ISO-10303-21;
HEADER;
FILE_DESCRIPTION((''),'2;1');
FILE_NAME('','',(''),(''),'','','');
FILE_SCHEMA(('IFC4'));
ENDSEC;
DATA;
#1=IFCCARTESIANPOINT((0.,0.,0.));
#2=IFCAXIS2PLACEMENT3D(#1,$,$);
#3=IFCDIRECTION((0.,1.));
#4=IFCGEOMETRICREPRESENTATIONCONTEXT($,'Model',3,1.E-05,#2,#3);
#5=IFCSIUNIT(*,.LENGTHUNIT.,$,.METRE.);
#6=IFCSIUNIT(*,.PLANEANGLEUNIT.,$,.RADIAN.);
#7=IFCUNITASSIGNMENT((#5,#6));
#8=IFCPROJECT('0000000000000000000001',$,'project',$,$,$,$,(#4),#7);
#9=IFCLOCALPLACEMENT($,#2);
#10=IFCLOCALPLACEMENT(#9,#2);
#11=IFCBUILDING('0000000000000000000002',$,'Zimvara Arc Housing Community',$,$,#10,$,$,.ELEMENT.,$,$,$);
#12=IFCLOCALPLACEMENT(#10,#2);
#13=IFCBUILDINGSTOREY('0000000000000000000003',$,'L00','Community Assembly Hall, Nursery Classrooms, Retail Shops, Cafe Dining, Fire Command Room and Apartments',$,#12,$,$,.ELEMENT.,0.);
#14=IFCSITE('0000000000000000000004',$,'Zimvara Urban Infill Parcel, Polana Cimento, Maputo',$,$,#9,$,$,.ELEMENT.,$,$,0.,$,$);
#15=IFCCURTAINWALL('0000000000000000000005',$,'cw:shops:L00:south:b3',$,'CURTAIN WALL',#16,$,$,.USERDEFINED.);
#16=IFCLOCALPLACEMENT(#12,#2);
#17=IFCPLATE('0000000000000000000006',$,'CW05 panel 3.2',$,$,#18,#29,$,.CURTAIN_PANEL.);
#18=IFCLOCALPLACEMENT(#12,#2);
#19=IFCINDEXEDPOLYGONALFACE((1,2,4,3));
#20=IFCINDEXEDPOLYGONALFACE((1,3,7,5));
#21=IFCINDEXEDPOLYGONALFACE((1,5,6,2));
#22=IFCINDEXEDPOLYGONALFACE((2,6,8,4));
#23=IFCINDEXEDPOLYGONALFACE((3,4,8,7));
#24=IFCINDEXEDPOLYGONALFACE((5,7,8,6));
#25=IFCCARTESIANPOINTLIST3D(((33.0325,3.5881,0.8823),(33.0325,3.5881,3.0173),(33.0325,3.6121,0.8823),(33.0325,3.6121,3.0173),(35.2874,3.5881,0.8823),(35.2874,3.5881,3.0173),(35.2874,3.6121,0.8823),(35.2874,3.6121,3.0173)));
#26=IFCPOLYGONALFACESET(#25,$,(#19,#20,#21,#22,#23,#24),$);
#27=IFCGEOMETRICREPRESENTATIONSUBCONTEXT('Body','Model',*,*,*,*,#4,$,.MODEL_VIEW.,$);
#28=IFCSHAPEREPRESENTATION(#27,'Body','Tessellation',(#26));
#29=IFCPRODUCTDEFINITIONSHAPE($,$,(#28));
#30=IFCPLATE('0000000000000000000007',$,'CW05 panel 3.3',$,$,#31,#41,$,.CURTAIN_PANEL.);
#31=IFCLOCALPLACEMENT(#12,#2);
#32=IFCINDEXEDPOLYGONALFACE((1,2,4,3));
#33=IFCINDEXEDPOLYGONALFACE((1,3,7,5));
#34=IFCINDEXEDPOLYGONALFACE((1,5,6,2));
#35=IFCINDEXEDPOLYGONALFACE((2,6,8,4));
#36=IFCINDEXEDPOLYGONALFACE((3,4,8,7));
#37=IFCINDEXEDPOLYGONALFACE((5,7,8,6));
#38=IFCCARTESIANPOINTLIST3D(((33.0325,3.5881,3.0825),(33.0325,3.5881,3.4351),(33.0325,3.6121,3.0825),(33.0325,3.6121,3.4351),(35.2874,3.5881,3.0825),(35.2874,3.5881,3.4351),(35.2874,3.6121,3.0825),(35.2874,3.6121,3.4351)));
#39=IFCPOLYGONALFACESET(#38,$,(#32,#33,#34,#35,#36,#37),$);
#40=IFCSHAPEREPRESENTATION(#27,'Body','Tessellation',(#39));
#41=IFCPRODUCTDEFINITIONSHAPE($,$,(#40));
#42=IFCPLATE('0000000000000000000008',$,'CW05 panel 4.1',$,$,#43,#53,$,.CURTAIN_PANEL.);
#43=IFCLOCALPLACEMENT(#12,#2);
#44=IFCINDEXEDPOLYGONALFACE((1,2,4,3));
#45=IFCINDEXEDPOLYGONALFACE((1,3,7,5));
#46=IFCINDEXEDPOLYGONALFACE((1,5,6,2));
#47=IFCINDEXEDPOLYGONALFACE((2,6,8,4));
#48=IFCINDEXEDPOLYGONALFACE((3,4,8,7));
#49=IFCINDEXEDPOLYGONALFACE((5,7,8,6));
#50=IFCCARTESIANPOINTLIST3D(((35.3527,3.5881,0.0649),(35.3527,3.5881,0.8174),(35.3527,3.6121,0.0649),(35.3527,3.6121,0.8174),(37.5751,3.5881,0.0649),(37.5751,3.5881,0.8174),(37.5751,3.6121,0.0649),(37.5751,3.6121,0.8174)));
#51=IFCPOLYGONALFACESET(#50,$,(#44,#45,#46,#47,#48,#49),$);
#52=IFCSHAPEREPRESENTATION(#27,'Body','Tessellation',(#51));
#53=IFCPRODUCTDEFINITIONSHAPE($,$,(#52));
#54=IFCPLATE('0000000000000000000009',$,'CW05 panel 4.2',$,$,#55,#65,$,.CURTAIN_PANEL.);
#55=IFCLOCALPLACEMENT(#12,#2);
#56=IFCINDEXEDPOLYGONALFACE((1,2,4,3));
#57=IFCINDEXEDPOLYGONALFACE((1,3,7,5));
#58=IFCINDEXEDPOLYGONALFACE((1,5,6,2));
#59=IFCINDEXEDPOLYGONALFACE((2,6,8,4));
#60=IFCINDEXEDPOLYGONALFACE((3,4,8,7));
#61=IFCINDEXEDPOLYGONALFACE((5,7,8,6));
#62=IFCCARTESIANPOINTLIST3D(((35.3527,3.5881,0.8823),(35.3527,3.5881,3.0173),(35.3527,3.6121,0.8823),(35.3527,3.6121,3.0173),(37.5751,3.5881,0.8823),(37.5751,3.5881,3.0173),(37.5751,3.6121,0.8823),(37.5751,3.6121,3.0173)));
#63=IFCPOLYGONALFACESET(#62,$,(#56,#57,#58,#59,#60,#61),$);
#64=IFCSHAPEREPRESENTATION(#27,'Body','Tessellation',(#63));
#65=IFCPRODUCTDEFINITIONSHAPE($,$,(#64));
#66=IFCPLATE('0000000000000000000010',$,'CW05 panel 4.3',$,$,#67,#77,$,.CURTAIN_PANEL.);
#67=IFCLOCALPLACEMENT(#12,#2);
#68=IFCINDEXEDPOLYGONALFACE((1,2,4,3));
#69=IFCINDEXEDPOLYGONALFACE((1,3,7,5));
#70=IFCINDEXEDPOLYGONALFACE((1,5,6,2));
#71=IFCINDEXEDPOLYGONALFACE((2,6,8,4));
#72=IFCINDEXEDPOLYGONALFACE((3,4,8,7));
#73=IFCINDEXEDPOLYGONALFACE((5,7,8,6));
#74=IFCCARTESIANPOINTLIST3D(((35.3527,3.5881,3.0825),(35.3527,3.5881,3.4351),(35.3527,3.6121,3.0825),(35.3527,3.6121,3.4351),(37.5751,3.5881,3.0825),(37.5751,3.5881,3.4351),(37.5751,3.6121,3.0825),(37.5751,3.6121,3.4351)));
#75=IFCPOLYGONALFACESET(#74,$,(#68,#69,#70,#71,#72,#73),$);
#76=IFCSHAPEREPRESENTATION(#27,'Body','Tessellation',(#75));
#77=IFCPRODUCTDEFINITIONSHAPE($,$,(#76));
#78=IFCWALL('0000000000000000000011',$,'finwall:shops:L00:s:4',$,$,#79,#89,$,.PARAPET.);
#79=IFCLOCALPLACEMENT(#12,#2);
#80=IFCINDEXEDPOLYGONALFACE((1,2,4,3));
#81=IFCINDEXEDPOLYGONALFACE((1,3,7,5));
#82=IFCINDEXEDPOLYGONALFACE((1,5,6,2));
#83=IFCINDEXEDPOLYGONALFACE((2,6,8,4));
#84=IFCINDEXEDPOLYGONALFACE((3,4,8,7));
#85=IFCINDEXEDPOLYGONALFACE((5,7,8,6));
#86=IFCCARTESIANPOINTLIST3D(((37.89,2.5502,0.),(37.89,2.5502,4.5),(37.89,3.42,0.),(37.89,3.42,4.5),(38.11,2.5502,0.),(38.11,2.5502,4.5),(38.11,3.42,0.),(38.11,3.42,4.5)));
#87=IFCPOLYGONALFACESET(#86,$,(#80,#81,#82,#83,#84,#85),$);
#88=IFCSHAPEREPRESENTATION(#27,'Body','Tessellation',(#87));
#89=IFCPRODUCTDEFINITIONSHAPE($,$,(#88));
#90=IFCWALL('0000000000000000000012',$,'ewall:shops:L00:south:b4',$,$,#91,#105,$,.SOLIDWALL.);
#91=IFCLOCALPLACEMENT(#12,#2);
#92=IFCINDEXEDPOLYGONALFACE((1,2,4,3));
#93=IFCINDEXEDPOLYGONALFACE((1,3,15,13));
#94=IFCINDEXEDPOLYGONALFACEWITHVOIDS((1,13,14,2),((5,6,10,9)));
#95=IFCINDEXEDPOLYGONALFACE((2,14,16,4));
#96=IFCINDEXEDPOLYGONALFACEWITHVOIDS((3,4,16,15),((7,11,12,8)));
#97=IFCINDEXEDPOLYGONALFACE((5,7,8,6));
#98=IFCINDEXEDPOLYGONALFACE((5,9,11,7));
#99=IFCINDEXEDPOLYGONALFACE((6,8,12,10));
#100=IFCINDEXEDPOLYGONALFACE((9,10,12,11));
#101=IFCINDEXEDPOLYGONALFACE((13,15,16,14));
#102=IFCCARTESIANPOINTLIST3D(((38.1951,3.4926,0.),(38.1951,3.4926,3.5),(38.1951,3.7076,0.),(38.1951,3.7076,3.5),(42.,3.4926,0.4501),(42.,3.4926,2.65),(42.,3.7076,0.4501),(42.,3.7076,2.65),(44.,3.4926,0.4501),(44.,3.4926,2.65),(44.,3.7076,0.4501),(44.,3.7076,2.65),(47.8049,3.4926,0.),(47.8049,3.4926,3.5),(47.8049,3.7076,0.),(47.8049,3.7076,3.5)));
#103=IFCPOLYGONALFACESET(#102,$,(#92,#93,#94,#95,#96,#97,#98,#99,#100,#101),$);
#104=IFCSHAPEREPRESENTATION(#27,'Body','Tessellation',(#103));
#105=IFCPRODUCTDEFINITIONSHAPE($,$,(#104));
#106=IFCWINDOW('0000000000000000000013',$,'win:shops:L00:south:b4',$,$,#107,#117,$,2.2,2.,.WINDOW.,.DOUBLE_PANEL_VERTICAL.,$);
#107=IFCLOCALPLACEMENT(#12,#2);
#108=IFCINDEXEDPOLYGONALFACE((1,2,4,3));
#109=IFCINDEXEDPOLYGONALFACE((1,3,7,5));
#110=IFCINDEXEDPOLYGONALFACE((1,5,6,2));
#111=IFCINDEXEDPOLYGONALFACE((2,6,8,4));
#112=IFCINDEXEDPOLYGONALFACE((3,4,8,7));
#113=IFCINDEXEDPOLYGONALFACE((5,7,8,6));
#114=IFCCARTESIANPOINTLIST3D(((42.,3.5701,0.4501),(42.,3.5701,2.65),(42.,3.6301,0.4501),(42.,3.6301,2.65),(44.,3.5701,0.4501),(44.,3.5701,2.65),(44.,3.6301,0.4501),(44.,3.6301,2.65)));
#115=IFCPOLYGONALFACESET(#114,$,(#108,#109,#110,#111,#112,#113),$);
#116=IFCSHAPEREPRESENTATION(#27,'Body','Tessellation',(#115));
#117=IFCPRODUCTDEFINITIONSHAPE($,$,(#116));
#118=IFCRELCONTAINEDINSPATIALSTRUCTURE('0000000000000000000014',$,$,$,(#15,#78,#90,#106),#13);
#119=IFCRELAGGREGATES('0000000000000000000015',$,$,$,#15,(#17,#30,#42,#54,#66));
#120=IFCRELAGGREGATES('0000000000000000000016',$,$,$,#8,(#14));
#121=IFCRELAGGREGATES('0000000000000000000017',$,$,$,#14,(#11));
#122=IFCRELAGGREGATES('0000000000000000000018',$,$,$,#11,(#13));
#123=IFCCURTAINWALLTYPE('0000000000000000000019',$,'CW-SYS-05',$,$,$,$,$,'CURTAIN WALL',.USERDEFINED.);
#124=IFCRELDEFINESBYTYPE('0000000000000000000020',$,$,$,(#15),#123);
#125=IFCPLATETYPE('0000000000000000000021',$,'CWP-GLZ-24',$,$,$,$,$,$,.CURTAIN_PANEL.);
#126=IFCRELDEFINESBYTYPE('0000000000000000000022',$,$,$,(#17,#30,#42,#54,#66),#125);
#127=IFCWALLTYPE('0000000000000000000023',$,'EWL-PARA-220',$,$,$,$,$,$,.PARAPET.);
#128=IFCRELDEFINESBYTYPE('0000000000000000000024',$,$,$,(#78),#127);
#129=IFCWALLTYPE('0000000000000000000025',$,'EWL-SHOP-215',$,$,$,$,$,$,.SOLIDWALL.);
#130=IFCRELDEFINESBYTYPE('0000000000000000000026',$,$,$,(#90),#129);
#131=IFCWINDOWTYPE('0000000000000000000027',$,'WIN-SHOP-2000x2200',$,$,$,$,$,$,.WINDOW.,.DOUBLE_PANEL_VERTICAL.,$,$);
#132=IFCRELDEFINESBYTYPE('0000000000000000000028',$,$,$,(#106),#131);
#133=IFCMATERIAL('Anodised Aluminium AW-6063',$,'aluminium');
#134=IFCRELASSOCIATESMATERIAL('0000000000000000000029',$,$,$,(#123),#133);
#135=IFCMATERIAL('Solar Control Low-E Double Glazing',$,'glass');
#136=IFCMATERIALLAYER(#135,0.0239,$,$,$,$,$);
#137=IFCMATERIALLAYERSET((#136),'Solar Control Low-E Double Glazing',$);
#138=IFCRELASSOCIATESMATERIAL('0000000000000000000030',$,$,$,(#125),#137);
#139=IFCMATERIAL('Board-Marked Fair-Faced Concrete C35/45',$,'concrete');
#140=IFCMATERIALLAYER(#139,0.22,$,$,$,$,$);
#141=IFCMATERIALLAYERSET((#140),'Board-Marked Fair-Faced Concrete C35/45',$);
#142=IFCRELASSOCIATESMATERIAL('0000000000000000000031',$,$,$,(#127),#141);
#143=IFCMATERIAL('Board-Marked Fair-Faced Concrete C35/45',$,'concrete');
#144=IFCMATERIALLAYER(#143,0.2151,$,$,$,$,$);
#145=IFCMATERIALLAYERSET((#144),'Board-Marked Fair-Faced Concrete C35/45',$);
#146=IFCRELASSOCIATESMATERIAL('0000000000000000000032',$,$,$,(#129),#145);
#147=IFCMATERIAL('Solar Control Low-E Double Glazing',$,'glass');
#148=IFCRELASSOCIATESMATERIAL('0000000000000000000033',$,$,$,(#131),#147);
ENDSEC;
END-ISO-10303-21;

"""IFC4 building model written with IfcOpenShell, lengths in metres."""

from ifc_helpers import new_model, si_unit, direction, frame, frame_2d, origin, origin_2d, place, context, subcontext, project, spatial, rectangle, extrude, material, layer, layer_set, type_object, element, fill, aggregate, save


model = new_model("IFC4")

# Units and contexts
model_context = context("Model", 3, precision=1e-05, world=origin(), true_north=direction((0.0, 1.0)))
body_context = subcontext(model_context, "Body", "Model", "MODEL_VIEW")
ifc_project = project(units=[si_unit("LENGTHUNIT", "METRE"), si_unit("PLANEANGLEUNIT", "RADIAN")], contexts=[model_context])

# Site, building, storey
site_placement = place(None, origin())
site = spatial("IfcSite", under=ifc_project, at=site_placement, Name="Zimvara Urban Infill Parcel, Polana Cimento, Maputo", CompositionType="ELEMENT", RefElevation=0.0)
building_placement = place(site_placement, origin())
building = spatial("IfcBuilding", under=site, at=building_placement, Name="Zimvara Arc Housing Community", CompositionType="ELEMENT")
storey_placement = place(building_placement, origin())
storey = spatial("IfcBuildingStorey", under=building, at=storey_placement, Name="L00", Description="Community Assembly Hall, Nursery Classrooms, Retail Shops, Cafe Dining, Fire Command Room and Apartments", CompositionType="ELEMENT", Elevation=0.0)

# Curtain wall, plates
ifc_material_1 = material(Name="Anodised Aluminium AW-6063", Category="aluminium")
curtain_wall_type = type_object("IfcCurtainWallType", Name="CW-SYS-05", ElementType="CURTAIN WALL", PredefinedType="USERDEFINED", material=ifc_material_1)
curtain_wall_placement = place(storey_placement, origin())
curtain_wall = element("IfcCurtainWall", 1, at=curtain_wall_placement, inside=storey, type_object=curtain_wall_type, Name="cw:shops:L00:south:b3", ObjectType="CURTAIN WALL", PredefinedType="USERDEFINED")
ifc_material_2 = material(Name="Solar Control Low-E Double Glazing", Category="glass")
ifc_layer_1 = layer(ifc_material_2, 0.0239)
ifc_layer_set_1 = layer_set([ifc_layer_1], Name="Solar Control Low-E Double Glazing")
plate_type = type_object("IfcPlateType", Name="CWP-GLZ-24", PredefinedType="CURTAIN_PANEL", material=ifc_layer_set_1)
plate_1_placement = place(storey_placement, frame((34.1599, 3.6001, 0.8823), z_axis=(0.0, 0.0, 1.0), x_axis=(1.0, 0.0, 0.0)))
plate_1 = element("IfcPlate", 2, at=plate_1_placement, type_object=plate_type, Name="CW05 panel 3.2", PredefinedType="CURTAIN_PANEL", context=body_context, shape_type="SweptSolid", body=[
    extrude(rectangle(XDim=2.2549, YDim=0.0239, at=origin_2d()), origin(), (0.0, 0.0, 1.0), 2.135),
])
plate_2_placement = place(storey_placement, frame((34.1599, 3.6001, 3.0825), z_axis=(0.0, 0.0, 1.0), x_axis=(1.0, 0.0, 0.0)))
plate_2 = element("IfcPlate", 3, at=plate_2_placement, type_object=plate_type, Name="CW05 panel 3.3", PredefinedType="CURTAIN_PANEL", context=body_context, shape_type="SweptSolid", body=[
    extrude(rectangle(XDim=2.2549, YDim=0.0239, at=origin_2d()), origin(), (0.0, 0.0, 1.0), 0.3525),
])
plate_3_placement = place(storey_placement, frame((36.4639, 3.6001, 0.0649), z_axis=(0.0, 0.0, 1.0), x_axis=(1.0, 0.0, 0.0)))
plate_3 = element("IfcPlate", 4, at=plate_3_placement, type_object=plate_type, Name="CW05 panel 4.1", PredefinedType="CURTAIN_PANEL", context=body_context, shape_type="SweptSolid", body=[
    extrude(rectangle(XDim=2.2224, YDim=0.0239, at=origin_2d()), origin(), (0.0, 0.0, 1.0), 0.7524),
])
plate_4_placement = place(storey_placement, frame((36.4639, 3.6001, 0.8823), z_axis=(0.0, 0.0, 1.0), x_axis=(1.0, 0.0, 0.0)))
plate_4 = element("IfcPlate", 5, at=plate_4_placement, type_object=plate_type, Name="CW05 panel 4.2", PredefinedType="CURTAIN_PANEL", context=body_context, shape_type="SweptSolid", body=[
    extrude(rectangle(XDim=2.2224, YDim=0.0239, at=origin_2d()), origin(), (0.0, 0.0, 1.0), 2.135),
])
plate_5_placement = place(storey_placement, frame((36.4639, 3.6001, 3.0825), z_axis=(0.0, 0.0, 1.0), x_axis=(1.0, 0.0, 0.0)))
plate_5 = element("IfcPlate", 6, at=plate_5_placement, type_object=plate_type, Name="CW05 panel 4.3", PredefinedType="CURTAIN_PANEL", context=body_context, shape_type="SweptSolid", body=[
    extrude(rectangle(XDim=2.2224, YDim=0.0239, at=origin_2d()), origin(), (0.0, 0.0, 1.0), 0.3525),
])
aggregate(curtain_wall, [plate_1, plate_2, plate_3, plate_4, plate_5])

# Wall
ifc_material_3 = material(Name="Board-Marked Fair-Faced Concrete C35/45", Category="concrete")
ifc_layer_2 = layer(ifc_material_3, 0.22)
ifc_layer_set_2 = layer_set([ifc_layer_2], Name="Board-Marked Fair-Faced Concrete C35/45")
wall_type_1 = type_object("IfcWallType", Name="EWL-PARA-220", PredefinedType="PARAPET", material=ifc_layer_set_2)
wall_1_placement = place(storey_placement, frame((38.0, 2.55, 0.0), z_axis=(0.0, 0.0, 1.0), x_axis=(0.0, 1.0, 0.0)))
element("IfcWall", 7, at=wall_1_placement, inside=storey, type_object=wall_type_1, Name="finwall:shops:L00:s:4", PredefinedType="PARAPET", context=body_context, shape_type="SweptSolid", body=[
    extrude(rectangle(XDim=0.8699, YDim=0.22, at=frame_2d((0.4351, 0.0))), origin(), (0.0, 0.0, 1.0), 4.5),
])

# Wall, opening, window
ifc_material_4 = material(Name="Board-Marked Fair-Faced Concrete C35/45", Category="concrete")
ifc_layer_3 = layer(ifc_material_4, 0.2151)
ifc_layer_set_3 = layer_set([ifc_layer_3], Name="Board-Marked Fair-Faced Concrete C35/45")
wall_type_2 = type_object("IfcWallType", Name="EWL-SHOP-215", PredefinedType="SOLIDWALL", material=ifc_layer_set_3)
wall_2_placement = place(storey_placement, frame((38.1951, 3.6001, 0.0), z_axis=(0.0, 0.0, 1.0), x_axis=(1.0, 0.0, 0.0)))
wall_2 = element("IfcWall", 8, at=wall_2_placement, inside=storey, type_object=wall_type_2, Name="ewall:shops:L00:south:b4", PredefinedType="SOLIDWALL", context=body_context, shape_type="SweptSolid", body=[
    extrude(rectangle(XDim=9.6099, YDim=0.2151, at=frame_2d((4.8049, 0.0))), origin(), (0.0, 0.0, 1.0), 3.5),
])
opening_placement = place(wall_2_placement, frame((3.8049, 0.0, 0.45)))
opening = element("IfcOpeningElement", 9, at=opening_placement, cuts=wall_2, PredefinedType="OPENING", context=body_context, shape_type="SweptSolid", body=[
    extrude(rectangle(XDim=2.0, YDim=2.2, at=frame_2d((1.0, 1.1001))), frame((0.0, 0.1174, 0.0), z_axis=(0.0, -1.0, 0.0), x_axis=(1.0, 0.0, 0.0)), (0.0, 0.0, 1.0), 0.2351),
])
ifc_material_5 = material(Name="Solar Control Low-E Double Glazing", Category="glass")
window_type = type_object("IfcWindowType", Name="WIN-SHOP-2000x2200", PartitioningType="DOUBLE_PANEL_VERTICAL", PredefinedType="WINDOW", material=ifc_material_5)
window_placement = place(opening_placement, origin())
window = element("IfcWindow", 10, at=window_placement, inside=storey, type_object=window_type, Name="win:shops:L00:south:b4", OverallHeight=2.2, OverallWidth=2.0, PartitioningType="DOUBLE_PANEL_VERTICAL", PredefinedType="WINDOW", context=body_context, shape_type="SweptSolid", body=[
    extrude(rectangle(XDim=2.0, YDim=2.2, at=frame_2d((1.0, 1.1001))), frame((0.0, 0.03, 0.0), z_axis=(0.0, -1.0, 0.0), x_axis=(1.0, 0.0, 0.0)), (0.0, 0.0, 1.0), 0.0601),
])
fill(opening, window)

save(model, "model.ifc")
